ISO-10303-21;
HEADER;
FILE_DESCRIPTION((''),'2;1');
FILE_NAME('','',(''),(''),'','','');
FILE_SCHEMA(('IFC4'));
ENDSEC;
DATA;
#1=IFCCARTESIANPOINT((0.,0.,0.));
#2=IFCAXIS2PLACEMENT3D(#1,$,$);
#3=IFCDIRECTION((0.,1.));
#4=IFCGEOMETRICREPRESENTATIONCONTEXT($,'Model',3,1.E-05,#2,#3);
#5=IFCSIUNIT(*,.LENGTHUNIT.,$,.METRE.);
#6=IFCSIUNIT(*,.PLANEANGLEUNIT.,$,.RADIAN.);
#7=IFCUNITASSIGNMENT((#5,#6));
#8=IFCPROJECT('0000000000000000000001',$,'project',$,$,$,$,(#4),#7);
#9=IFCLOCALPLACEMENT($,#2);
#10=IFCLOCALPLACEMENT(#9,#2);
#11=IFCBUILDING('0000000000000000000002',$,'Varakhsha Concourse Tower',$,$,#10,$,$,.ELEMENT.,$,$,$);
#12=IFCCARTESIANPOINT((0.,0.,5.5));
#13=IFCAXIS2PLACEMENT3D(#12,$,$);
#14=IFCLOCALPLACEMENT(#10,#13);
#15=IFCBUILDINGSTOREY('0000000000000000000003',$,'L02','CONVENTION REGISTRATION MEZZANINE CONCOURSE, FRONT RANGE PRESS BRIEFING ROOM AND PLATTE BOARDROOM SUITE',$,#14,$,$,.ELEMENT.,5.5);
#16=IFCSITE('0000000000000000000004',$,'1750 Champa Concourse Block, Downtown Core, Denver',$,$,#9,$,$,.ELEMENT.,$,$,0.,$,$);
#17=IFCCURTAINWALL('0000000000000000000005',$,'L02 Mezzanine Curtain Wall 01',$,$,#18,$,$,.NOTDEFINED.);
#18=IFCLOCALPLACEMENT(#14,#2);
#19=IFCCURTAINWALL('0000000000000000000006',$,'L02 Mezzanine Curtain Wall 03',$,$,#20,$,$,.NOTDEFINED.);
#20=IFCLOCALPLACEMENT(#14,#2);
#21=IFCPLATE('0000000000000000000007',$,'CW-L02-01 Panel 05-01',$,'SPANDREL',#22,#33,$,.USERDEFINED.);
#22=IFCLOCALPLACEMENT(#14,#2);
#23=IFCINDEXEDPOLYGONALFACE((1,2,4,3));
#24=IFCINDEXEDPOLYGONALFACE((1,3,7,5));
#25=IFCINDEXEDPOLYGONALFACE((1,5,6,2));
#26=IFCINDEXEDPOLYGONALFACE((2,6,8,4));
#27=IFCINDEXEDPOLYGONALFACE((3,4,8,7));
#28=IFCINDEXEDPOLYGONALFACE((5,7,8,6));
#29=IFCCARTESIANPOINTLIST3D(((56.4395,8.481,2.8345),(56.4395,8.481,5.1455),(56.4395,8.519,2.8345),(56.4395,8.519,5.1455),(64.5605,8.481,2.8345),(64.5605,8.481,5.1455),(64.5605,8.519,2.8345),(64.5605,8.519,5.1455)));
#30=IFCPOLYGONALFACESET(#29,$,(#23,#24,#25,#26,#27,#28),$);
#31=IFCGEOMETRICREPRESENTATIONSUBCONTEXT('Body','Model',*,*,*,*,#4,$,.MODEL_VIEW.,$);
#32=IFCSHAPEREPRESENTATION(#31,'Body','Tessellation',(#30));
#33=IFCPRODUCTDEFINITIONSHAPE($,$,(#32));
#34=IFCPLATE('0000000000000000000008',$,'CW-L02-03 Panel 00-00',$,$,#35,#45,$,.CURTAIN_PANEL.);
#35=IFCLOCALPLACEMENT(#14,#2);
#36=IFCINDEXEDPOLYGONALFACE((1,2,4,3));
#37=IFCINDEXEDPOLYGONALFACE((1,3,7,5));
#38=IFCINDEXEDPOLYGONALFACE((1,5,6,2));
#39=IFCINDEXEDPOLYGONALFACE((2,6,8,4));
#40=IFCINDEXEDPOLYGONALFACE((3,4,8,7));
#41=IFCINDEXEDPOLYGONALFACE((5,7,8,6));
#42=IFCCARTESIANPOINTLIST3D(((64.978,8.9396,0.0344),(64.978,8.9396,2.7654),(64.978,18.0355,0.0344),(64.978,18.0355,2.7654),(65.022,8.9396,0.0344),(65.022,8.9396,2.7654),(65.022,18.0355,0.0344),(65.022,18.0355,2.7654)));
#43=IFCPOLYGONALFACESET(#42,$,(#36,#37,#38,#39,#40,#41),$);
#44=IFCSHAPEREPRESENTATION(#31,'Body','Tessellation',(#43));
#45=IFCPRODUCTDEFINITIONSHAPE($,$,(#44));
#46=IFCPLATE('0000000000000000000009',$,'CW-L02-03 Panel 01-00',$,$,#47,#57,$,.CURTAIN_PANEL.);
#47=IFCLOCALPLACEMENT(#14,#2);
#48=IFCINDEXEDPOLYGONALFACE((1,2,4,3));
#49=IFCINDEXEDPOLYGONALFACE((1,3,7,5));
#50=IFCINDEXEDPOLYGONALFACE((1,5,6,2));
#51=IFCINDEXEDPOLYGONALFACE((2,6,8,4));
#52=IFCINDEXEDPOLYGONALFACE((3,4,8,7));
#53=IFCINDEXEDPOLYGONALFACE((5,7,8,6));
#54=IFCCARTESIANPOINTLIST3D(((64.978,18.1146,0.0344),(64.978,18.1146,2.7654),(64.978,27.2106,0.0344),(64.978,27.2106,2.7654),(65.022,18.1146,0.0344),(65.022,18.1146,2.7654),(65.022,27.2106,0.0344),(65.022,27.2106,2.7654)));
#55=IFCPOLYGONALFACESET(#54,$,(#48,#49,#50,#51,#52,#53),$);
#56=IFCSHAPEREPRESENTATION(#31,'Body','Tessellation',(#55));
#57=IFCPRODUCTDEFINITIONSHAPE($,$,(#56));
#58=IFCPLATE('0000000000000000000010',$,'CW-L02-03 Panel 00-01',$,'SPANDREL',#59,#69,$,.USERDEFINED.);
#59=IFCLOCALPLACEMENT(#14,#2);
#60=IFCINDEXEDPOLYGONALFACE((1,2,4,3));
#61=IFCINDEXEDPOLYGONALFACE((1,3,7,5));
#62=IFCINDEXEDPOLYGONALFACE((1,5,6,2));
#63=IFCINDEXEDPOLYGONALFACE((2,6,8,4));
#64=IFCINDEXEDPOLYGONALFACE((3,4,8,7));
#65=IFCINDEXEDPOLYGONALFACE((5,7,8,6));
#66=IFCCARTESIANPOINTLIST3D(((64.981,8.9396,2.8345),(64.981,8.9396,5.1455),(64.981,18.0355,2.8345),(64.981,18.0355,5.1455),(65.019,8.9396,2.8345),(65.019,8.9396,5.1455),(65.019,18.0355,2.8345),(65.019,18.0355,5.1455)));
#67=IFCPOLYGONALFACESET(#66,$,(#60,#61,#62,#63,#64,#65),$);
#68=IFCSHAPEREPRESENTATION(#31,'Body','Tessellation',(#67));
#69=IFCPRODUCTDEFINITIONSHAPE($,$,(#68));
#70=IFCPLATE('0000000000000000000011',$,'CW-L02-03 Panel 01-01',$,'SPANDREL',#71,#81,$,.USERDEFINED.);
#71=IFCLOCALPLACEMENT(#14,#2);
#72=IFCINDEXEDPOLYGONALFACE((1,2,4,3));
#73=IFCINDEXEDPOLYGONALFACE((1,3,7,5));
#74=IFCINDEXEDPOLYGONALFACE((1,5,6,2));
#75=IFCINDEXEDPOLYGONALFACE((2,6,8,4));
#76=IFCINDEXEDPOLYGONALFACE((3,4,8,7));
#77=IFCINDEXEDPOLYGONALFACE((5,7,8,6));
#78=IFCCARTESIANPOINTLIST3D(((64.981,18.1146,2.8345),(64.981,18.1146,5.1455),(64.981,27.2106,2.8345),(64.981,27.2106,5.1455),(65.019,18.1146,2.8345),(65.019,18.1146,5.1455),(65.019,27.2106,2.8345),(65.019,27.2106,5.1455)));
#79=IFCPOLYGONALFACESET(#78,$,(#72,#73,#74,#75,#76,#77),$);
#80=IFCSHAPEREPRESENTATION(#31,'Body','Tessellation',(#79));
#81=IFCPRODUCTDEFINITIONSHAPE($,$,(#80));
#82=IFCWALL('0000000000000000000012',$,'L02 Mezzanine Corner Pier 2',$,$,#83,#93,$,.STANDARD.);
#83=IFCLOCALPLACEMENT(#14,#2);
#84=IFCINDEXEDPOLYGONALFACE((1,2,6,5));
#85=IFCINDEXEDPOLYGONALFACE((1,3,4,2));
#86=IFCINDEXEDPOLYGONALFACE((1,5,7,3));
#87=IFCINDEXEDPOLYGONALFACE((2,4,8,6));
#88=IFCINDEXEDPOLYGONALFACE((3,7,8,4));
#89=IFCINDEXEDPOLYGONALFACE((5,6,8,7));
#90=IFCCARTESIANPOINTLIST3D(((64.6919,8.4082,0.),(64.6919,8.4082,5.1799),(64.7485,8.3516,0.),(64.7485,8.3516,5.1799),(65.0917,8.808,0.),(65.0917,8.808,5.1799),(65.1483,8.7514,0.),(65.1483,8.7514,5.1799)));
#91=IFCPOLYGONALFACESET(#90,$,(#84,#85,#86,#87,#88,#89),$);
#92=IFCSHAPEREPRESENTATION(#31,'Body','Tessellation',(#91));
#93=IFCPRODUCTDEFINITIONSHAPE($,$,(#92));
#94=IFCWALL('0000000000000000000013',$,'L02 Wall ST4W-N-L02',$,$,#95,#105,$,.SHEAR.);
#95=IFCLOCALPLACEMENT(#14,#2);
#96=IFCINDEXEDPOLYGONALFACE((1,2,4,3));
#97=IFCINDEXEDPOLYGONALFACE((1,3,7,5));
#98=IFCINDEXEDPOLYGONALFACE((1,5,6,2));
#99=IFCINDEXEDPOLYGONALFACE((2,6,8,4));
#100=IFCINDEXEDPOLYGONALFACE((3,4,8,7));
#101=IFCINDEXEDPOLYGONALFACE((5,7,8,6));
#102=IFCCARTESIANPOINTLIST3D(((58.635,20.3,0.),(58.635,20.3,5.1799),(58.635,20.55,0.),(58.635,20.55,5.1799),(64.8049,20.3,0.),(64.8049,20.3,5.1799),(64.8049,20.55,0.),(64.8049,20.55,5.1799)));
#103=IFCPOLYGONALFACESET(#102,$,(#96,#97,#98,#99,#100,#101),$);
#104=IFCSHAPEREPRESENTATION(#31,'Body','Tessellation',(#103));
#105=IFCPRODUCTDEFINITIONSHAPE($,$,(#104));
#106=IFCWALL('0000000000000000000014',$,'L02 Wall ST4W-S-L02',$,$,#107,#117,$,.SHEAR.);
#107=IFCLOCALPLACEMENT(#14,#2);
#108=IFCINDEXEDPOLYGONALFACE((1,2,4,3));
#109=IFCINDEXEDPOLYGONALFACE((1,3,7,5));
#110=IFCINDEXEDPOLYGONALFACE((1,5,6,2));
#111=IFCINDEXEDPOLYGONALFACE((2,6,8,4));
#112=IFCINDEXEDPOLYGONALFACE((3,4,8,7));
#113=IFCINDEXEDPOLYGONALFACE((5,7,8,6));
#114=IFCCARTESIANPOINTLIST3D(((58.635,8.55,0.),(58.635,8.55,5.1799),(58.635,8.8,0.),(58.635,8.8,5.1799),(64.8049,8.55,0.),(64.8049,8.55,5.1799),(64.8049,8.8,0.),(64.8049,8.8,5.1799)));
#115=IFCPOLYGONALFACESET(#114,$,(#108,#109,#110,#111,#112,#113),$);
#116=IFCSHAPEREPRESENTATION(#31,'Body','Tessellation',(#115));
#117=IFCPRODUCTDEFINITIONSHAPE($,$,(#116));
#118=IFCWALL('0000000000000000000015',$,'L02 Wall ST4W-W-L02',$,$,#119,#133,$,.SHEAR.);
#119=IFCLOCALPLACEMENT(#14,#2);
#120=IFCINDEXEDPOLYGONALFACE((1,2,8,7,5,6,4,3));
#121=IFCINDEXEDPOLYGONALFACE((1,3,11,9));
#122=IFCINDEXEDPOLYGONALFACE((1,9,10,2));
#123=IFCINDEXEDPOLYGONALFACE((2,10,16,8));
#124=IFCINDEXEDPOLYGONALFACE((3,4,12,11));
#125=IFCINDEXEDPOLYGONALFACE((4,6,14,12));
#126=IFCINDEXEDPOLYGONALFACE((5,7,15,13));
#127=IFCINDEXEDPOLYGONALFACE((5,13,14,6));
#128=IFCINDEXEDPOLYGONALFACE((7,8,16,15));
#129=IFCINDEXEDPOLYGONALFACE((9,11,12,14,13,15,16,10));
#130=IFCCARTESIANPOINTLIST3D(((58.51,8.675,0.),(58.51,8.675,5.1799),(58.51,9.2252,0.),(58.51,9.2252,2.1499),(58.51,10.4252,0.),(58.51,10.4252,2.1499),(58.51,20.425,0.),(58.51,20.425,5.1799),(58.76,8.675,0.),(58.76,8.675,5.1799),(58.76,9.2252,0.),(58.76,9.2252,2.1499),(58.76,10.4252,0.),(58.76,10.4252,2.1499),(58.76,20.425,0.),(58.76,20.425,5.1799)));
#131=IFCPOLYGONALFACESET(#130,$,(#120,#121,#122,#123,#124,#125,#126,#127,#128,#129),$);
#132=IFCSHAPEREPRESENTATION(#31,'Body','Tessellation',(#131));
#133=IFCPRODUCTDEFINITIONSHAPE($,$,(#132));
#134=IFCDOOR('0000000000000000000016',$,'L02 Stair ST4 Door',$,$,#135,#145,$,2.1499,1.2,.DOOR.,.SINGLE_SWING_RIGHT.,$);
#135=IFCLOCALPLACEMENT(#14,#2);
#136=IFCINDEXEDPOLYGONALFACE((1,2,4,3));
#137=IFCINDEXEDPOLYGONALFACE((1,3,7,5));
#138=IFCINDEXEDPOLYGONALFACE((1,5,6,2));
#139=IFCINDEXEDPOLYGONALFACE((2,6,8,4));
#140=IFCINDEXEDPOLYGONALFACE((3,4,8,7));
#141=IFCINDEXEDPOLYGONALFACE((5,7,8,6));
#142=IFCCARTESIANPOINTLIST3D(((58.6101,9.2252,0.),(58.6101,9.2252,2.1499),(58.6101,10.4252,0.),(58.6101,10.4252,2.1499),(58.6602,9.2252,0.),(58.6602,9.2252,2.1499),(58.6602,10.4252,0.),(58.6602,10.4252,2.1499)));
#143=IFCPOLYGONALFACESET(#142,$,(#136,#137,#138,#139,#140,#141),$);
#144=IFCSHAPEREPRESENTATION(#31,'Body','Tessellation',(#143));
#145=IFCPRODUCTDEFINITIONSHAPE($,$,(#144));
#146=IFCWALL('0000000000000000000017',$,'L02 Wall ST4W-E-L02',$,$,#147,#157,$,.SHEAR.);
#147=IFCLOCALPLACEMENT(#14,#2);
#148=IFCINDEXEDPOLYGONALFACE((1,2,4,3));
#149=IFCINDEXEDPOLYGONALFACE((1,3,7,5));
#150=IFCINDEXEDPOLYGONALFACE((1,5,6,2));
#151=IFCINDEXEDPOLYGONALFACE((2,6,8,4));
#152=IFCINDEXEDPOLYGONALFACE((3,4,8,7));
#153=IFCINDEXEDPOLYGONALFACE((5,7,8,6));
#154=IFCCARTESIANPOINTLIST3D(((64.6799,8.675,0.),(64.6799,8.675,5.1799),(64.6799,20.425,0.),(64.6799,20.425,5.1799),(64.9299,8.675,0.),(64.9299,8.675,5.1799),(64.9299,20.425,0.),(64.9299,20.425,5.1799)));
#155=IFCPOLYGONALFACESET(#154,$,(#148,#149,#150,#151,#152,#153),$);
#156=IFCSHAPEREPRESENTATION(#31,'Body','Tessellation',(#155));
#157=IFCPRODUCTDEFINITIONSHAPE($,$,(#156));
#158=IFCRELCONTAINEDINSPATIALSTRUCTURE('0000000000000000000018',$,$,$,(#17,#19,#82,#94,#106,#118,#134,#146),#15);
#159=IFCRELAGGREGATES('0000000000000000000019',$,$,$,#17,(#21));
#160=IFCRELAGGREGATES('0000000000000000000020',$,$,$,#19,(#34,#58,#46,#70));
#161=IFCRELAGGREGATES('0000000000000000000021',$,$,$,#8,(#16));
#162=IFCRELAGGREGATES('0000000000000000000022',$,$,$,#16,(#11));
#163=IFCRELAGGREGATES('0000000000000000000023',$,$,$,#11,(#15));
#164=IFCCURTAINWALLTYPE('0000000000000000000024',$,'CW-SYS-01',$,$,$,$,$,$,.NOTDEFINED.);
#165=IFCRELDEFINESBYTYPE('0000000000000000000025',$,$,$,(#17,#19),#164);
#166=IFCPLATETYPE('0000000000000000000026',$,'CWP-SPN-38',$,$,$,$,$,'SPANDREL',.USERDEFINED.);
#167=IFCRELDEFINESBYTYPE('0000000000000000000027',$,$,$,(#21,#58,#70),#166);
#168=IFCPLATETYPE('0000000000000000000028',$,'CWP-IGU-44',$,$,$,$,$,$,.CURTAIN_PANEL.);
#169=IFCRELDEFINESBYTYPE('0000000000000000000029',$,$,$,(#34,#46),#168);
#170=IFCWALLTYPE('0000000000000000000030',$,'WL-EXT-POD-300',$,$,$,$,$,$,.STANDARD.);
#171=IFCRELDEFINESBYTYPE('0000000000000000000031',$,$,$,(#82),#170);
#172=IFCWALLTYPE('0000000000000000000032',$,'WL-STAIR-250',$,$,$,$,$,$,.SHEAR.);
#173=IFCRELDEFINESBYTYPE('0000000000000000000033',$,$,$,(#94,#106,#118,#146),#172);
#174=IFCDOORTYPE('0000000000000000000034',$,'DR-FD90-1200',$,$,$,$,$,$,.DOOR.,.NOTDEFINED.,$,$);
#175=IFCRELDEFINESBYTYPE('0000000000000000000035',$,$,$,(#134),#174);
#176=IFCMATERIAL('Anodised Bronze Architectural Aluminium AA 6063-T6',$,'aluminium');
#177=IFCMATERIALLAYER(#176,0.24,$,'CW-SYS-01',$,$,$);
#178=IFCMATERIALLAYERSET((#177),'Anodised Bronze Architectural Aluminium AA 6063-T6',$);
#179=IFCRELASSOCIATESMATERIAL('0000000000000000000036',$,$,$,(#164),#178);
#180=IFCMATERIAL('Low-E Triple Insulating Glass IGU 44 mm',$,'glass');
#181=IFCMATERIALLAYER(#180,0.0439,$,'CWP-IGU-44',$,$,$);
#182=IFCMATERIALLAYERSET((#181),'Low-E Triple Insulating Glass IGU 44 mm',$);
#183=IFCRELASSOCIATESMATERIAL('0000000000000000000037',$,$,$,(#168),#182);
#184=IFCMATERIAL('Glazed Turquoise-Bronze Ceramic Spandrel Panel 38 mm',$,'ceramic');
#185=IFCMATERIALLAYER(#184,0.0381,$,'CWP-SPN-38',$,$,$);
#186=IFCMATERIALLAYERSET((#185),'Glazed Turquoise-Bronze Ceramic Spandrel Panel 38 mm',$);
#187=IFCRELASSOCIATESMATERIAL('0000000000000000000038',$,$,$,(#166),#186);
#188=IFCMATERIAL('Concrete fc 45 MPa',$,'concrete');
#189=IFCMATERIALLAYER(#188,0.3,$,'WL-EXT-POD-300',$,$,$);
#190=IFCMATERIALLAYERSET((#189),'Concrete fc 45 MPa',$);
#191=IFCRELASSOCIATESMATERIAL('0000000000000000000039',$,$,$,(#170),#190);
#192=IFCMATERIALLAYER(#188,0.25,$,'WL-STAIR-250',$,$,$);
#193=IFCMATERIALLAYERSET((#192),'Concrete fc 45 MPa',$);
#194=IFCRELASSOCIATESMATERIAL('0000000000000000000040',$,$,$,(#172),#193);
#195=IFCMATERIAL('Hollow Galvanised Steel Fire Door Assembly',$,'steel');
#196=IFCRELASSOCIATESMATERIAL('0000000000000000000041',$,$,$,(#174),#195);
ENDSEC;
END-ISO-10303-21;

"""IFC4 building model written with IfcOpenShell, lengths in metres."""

from ifc_helpers import new_model, si_unit, direction, frame, frame_2d, origin, origin_2d, place, context, subcontext, project, spatial, rectangle, extrude, source, transform, mapped, material, layer, layer_set, type_object, type_shapes, element, fill, aggregate, save


model = new_model("IFC4")

# Units and contexts
model_context = context("Model", 3, precision=1e-05, world=origin(), true_north=direction((0.0, 1.0)))
body_context = subcontext(model_context, "Body", "Model", "MODEL_VIEW")
ifc_project = project(units=[si_unit("LENGTHUNIT", "METRE"), si_unit("PLANEANGLEUNIT", "RADIAN")], contexts=[model_context])

# Site, building, storey
site_placement = place(None, origin())
site = spatial("IfcSite", under=ifc_project, at=site_placement, Name="1750 Champa Concourse Block, Downtown Core, Denver", CompositionType="ELEMENT", RefElevation=0.0)
building_placement = place(site_placement, origin())
building = spatial("IfcBuilding", under=site, at=building_placement, Name="Varakhsha Concourse Tower", CompositionType="ELEMENT")
storey_placement = place(building_placement, frame((0.0, 0.0, 5.5)))
storey = spatial("IfcBuildingStorey", under=building, at=storey_placement, Name="L02", Description="CONVENTION REGISTRATION MEZZANINE CONCOURSE, FRONT RANGE PRESS BRIEFING ROOM AND PLATTE BOARDROOM SUITE", CompositionType="ELEMENT", Elevation=5.5)

# Curtain walls
ifc_material_1 = material(Name="Anodised Bronze Architectural Aluminium AA 6063-T6", Category="aluminium")
ifc_layer_1 = layer(ifc_material_1, 0.24, Name="CW-SYS-01")
ifc_layer_set_1 = layer_set([ifc_layer_1], Name="Anodised Bronze Architectural Aluminium AA 6063-T6")
curtain_wall_type = type_object("IfcCurtainWallType", Name="CW-SYS-01", PredefinedType="NOTDEFINED", material=ifc_layer_set_1)
curtain_wall_1_placement = place(storey_placement, origin())
curtain_wall_1 = element("IfcCurtainWall", 1, at=curtain_wall_1_placement, inside=storey, type_object=curtain_wall_type, Name="L02 Mezzanine Curtain Wall 01", PredefinedType="NOTDEFINED")
curtain_wall_2_placement = place(storey_placement, origin())
curtain_wall_2 = element("IfcCurtainWall", 2, at=curtain_wall_2_placement, inside=storey, type_object=curtain_wall_type, Name="L02 Mezzanine Curtain Wall 03", PredefinedType="NOTDEFINED")

# Plates
ifc_material_2 = material(Name="Low-E Triple Insulating Glass IGU 44 mm", Category="glass")
ifc_layer_2 = layer(ifc_material_2, 0.0439, Name="CWP-IGU-44")
ifc_layer_set_2 = layer_set([ifc_layer_2], Name="Low-E Triple Insulating Glass IGU 44 mm")
plate_type_1 = type_object("IfcPlateType", Name="CWP-IGU-44", PredefinedType="CURTAIN_PANEL", material=ifc_layer_set_2)
ifc_material_3 = material(Name="Glazed Turquoise-Bronze Ceramic Spandrel Panel 38 mm", Category="ceramic")
ifc_layer_3 = layer(ifc_material_3, 0.0381, Name="CWP-SPN-38")
ifc_layer_set_3 = layer_set([ifc_layer_3], Name="Glazed Turquoise-Bronze Ceramic Spandrel Panel 38 mm")
plate_type_2 = type_object("IfcPlateType", Name="CWP-SPN-38", ElementType="SPANDREL", PredefinedType="USERDEFINED", material=ifc_layer_set_3)
shared_shape_1 = source(origin(), body_context, "Body", "SweptSolid", [
    extrude(rectangle(XDim=8.1211, YDim=0.0381, at=origin_2d()), origin(), (0.0, 0.0, 1.0), 2.311),
])
plate_1_placement = place(storey_placement, frame((60.5, 8.5, 2.8345), z_axis=(0.0, 0.0, 1.0), x_axis=(1.0, 0.0, 0.0)))
plate_1 = element("IfcPlate", 3, at=plate_1_placement, type_object=plate_type_2, Name="CW-L02-01 Panel 05-01", ObjectType="SPANDREL", PredefinedType="USERDEFINED", context=body_context, shape_type="MappedRepresentation", body=[
    mapped(shared_shape_1, transform((0.0, 0.0, 0.0), scale=1.0)),
])
aggregate(curtain_wall_1, [plate_1])
shared_shape_2 = source(origin(), body_context, "Body", "SweptSolid", [
    extrude(rectangle(XDim=9.0959, YDim=0.0439, at=origin_2d()), origin(), (0.0, 0.0, 1.0), 2.731),
])
plate_2_placement = place(storey_placement, frame((65.0, 13.4875, 0.0344), z_axis=(0.0, 0.0, 1.0), x_axis=(0.0, 1.0, 0.0)))
plate_2 = element("IfcPlate", 4, at=plate_2_placement, type_object=plate_type_1, Name="CW-L02-03 Panel 00-00", PredefinedType="CURTAIN_PANEL", context=body_context, shape_type="MappedRepresentation", body=[
    mapped(shared_shape_2, transform((0.0, 0.0, 0.0), scale=1.0)),
])
plate_3_placement = place(storey_placement, frame((65.0, 22.6626, 0.0344), z_axis=(0.0, 0.0, 1.0), x_axis=(0.0, 1.0, 0.0)))
plate_3 = element("IfcPlate", 5, at=plate_3_placement, type_object=plate_type_1, Name="CW-L02-03 Panel 01-00", PredefinedType="CURTAIN_PANEL", context=body_context, shape_type="MappedRepresentation", body=[
    mapped(shared_shape_2, transform((0.0, 0.0, 0.0), scale=1.0)),
])
shared_shape_3 = source(origin(), body_context, "Body", "SweptSolid", [
    extrude(rectangle(XDim=9.0959, YDim=0.0381, at=origin_2d()), origin(), (0.0, 0.0, 1.0), 2.311),
])
type_shapes(plate_type_2, [shared_shape_1, shared_shape_3])
plate_4_placement = place(storey_placement, frame((65.0, 13.4875, 2.8345), z_axis=(0.0, 0.0, 1.0), x_axis=(0.0, 1.0, 0.0)))
plate_4 = element("IfcPlate", 6, at=plate_4_placement, type_object=plate_type_2, Name="CW-L02-03 Panel 00-01", ObjectType="SPANDREL", PredefinedType="USERDEFINED", context=body_context, shape_type="MappedRepresentation", body=[
    mapped(shared_shape_3, transform((0.0, 0.0, 0.0), scale=1.0)),
])
plate_5_placement = place(storey_placement, frame((65.0, 22.6626, 2.8345), z_axis=(0.0, 0.0, 1.0), x_axis=(0.0, 1.0, 0.0)))
plate_5 = element("IfcPlate", 7, at=plate_5_placement, type_object=plate_type_2, Name="CW-L02-03 Panel 01-01", ObjectType="SPANDREL", PredefinedType="USERDEFINED", context=body_context, shape_type="MappedRepresentation", body=[
    mapped(shared_shape_3, transform((0.0, 0.0, 0.0), scale=1.0)),
])
aggregate(curtain_wall_2, [plate_2, plate_4, plate_3, plate_5])

# Walls
ifc_material_4 = material(Name="Concrete fc 45 MPa", Category="concrete")
ifc_layer_4 = layer(ifc_material_4, 0.3, Name="WL-EXT-POD-300")
ifc_layer_set_4 = layer_set([ifc_layer_4], Name="Concrete fc 45 MPa")
wall_type_1 = type_object("IfcWallType", Name="WL-EXT-POD-300", PredefinedType="STANDARD", material=ifc_layer_set_4)
wall_1_placement = place(storey_placement, frame((64.7202, 8.3799, 0.0), z_axis=(0.0, 0.0, 1.0), x_axis=(0.707107, 0.707107, 0.0)))
element("IfcWall", 8, at=wall_1_placement, inside=storey, type_object=wall_type_1, Name="L02 Mezzanine Corner Pier 2", PredefinedType="STANDARD", context=body_context, shape_type="SweptSolid", body=[
    extrude(rectangle(XDim=0.5654, YDim=0.0801, at=frame_2d((0.2827, 0.0))), origin(), (0.0, 0.0, 1.0), 5.1799),
])
ifc_layer_5 = layer(ifc_material_4, 0.25, Name="WL-STAIR-250")
ifc_layer_set_5 = layer_set([ifc_layer_5], Name="Concrete fc 45 MPa")
wall_type_2 = type_object("IfcWallType", Name="WL-STAIR-250", PredefinedType="SHEAR", material=ifc_layer_set_5)
for number, where, z_axis, x_axis, name in (
    (9, (58.635, 20.425, 0.0), (0.0, 0.0, 1.0), (1.0, 0.0, 0.0), "L02 Wall ST4W-N-L02"),
    (10, (58.635, 8.675, 0.0), (0.0, 0.0, 1.0), (1.0, 0.0, 0.0), "L02 Wall ST4W-S-L02"),
):
    element("IfcWall", number, at=place(storey_placement, frame(where, z_axis=z_axis, x_axis=x_axis)), inside=storey, type_object=wall_type_2, Name=name, PredefinedType="SHEAR", context=body_context, shape_type="SweptSolid", body=[
        extrude(rectangle(XDim=6.1699, YDim=0.25, at=frame_2d((3.085, 0.0))), origin(), (0.0, 0.0, 1.0), 5.1799),
    ])

# Wall, opening, door
wall_2_placement = place(storey_placement, frame((58.635, 8.675, 0.0), z_axis=(0.0, 0.0, 1.0), x_axis=(0.0, 1.0, 0.0)))
wall_2 = element("IfcWall", 11, at=wall_2_placement, inside=storey, type_object=wall_type_2, Name="L02 Wall ST4W-W-L02", PredefinedType="SHEAR", context=body_context, shape_type="SweptSolid", body=[
    extrude(rectangle(XDim=11.75, YDim=0.25, at=frame_2d((5.875, 0.0))), origin(), (0.0, 0.0, 1.0), 5.1799),
])
opening_placement = place(wall_2_placement, frame((0.55, 0.0, 0.0)))
opening = element("IfcOpeningElement", 12, at=opening_placement, cuts=wall_2, PredefinedType="OPENING", context=body_context, shape_type="SweptSolid", body=[
    extrude(rectangle(XDim=1.2, YDim=2.1499, at=frame_2d((0.6001, 1.075))), frame((0.0, 0.135, 0.0), z_axis=(0.0, -1.0, 0.0), x_axis=(1.0, 0.0, 0.0)), (0.0, 0.0, 1.0), 0.27),
])
ifc_material_5 = material(Name="Hollow Galvanised Steel Fire Door Assembly", Category="steel")
door_type = type_object("IfcDoorType", Name="DR-FD90-1200", OperationType="NOTDEFINED", PredefinedType="DOOR", material=ifc_material_5)
door_placement = place(opening_placement, origin())
door = element("IfcDoor", 13, at=door_placement, inside=storey, type_object=door_type, Name="L02 Stair ST4 Door", OperationType="SINGLE_SWING_RIGHT", OverallHeight=2.1499, OverallWidth=1.2, PredefinedType="DOOR", context=body_context, shape_type="SweptSolid", body=[
    extrude(rectangle(XDim=1.2, YDim=2.1499, at=frame_2d((0.6001, 1.075))), frame((0.0, 0.0249, 0.0), z_axis=(0.0, -1.0, 0.0), x_axis=(1.0, 0.0, 0.0)), (0.0, 0.0, 1.0), 0.05),
])
fill(opening, door)

# Wall
wall_3_placement = place(storey_placement, frame((64.8049, 8.675, 0.0), z_axis=(0.0, 0.0, 1.0), x_axis=(0.0, 1.0, 0.0)))
element("IfcWall", 14, at=wall_3_placement, inside=storey, type_object=wall_type_2, Name="L02 Wall ST4W-E-L02", PredefinedType="SHEAR", context=body_context, shape_type="SweptSolid", body=[
    extrude(rectangle(XDim=11.75, YDim=0.25, at=frame_2d((5.875, 0.0))), origin(), (0.0, 0.0, 1.0), 5.1799),
])

save(model, "model.ifc")
